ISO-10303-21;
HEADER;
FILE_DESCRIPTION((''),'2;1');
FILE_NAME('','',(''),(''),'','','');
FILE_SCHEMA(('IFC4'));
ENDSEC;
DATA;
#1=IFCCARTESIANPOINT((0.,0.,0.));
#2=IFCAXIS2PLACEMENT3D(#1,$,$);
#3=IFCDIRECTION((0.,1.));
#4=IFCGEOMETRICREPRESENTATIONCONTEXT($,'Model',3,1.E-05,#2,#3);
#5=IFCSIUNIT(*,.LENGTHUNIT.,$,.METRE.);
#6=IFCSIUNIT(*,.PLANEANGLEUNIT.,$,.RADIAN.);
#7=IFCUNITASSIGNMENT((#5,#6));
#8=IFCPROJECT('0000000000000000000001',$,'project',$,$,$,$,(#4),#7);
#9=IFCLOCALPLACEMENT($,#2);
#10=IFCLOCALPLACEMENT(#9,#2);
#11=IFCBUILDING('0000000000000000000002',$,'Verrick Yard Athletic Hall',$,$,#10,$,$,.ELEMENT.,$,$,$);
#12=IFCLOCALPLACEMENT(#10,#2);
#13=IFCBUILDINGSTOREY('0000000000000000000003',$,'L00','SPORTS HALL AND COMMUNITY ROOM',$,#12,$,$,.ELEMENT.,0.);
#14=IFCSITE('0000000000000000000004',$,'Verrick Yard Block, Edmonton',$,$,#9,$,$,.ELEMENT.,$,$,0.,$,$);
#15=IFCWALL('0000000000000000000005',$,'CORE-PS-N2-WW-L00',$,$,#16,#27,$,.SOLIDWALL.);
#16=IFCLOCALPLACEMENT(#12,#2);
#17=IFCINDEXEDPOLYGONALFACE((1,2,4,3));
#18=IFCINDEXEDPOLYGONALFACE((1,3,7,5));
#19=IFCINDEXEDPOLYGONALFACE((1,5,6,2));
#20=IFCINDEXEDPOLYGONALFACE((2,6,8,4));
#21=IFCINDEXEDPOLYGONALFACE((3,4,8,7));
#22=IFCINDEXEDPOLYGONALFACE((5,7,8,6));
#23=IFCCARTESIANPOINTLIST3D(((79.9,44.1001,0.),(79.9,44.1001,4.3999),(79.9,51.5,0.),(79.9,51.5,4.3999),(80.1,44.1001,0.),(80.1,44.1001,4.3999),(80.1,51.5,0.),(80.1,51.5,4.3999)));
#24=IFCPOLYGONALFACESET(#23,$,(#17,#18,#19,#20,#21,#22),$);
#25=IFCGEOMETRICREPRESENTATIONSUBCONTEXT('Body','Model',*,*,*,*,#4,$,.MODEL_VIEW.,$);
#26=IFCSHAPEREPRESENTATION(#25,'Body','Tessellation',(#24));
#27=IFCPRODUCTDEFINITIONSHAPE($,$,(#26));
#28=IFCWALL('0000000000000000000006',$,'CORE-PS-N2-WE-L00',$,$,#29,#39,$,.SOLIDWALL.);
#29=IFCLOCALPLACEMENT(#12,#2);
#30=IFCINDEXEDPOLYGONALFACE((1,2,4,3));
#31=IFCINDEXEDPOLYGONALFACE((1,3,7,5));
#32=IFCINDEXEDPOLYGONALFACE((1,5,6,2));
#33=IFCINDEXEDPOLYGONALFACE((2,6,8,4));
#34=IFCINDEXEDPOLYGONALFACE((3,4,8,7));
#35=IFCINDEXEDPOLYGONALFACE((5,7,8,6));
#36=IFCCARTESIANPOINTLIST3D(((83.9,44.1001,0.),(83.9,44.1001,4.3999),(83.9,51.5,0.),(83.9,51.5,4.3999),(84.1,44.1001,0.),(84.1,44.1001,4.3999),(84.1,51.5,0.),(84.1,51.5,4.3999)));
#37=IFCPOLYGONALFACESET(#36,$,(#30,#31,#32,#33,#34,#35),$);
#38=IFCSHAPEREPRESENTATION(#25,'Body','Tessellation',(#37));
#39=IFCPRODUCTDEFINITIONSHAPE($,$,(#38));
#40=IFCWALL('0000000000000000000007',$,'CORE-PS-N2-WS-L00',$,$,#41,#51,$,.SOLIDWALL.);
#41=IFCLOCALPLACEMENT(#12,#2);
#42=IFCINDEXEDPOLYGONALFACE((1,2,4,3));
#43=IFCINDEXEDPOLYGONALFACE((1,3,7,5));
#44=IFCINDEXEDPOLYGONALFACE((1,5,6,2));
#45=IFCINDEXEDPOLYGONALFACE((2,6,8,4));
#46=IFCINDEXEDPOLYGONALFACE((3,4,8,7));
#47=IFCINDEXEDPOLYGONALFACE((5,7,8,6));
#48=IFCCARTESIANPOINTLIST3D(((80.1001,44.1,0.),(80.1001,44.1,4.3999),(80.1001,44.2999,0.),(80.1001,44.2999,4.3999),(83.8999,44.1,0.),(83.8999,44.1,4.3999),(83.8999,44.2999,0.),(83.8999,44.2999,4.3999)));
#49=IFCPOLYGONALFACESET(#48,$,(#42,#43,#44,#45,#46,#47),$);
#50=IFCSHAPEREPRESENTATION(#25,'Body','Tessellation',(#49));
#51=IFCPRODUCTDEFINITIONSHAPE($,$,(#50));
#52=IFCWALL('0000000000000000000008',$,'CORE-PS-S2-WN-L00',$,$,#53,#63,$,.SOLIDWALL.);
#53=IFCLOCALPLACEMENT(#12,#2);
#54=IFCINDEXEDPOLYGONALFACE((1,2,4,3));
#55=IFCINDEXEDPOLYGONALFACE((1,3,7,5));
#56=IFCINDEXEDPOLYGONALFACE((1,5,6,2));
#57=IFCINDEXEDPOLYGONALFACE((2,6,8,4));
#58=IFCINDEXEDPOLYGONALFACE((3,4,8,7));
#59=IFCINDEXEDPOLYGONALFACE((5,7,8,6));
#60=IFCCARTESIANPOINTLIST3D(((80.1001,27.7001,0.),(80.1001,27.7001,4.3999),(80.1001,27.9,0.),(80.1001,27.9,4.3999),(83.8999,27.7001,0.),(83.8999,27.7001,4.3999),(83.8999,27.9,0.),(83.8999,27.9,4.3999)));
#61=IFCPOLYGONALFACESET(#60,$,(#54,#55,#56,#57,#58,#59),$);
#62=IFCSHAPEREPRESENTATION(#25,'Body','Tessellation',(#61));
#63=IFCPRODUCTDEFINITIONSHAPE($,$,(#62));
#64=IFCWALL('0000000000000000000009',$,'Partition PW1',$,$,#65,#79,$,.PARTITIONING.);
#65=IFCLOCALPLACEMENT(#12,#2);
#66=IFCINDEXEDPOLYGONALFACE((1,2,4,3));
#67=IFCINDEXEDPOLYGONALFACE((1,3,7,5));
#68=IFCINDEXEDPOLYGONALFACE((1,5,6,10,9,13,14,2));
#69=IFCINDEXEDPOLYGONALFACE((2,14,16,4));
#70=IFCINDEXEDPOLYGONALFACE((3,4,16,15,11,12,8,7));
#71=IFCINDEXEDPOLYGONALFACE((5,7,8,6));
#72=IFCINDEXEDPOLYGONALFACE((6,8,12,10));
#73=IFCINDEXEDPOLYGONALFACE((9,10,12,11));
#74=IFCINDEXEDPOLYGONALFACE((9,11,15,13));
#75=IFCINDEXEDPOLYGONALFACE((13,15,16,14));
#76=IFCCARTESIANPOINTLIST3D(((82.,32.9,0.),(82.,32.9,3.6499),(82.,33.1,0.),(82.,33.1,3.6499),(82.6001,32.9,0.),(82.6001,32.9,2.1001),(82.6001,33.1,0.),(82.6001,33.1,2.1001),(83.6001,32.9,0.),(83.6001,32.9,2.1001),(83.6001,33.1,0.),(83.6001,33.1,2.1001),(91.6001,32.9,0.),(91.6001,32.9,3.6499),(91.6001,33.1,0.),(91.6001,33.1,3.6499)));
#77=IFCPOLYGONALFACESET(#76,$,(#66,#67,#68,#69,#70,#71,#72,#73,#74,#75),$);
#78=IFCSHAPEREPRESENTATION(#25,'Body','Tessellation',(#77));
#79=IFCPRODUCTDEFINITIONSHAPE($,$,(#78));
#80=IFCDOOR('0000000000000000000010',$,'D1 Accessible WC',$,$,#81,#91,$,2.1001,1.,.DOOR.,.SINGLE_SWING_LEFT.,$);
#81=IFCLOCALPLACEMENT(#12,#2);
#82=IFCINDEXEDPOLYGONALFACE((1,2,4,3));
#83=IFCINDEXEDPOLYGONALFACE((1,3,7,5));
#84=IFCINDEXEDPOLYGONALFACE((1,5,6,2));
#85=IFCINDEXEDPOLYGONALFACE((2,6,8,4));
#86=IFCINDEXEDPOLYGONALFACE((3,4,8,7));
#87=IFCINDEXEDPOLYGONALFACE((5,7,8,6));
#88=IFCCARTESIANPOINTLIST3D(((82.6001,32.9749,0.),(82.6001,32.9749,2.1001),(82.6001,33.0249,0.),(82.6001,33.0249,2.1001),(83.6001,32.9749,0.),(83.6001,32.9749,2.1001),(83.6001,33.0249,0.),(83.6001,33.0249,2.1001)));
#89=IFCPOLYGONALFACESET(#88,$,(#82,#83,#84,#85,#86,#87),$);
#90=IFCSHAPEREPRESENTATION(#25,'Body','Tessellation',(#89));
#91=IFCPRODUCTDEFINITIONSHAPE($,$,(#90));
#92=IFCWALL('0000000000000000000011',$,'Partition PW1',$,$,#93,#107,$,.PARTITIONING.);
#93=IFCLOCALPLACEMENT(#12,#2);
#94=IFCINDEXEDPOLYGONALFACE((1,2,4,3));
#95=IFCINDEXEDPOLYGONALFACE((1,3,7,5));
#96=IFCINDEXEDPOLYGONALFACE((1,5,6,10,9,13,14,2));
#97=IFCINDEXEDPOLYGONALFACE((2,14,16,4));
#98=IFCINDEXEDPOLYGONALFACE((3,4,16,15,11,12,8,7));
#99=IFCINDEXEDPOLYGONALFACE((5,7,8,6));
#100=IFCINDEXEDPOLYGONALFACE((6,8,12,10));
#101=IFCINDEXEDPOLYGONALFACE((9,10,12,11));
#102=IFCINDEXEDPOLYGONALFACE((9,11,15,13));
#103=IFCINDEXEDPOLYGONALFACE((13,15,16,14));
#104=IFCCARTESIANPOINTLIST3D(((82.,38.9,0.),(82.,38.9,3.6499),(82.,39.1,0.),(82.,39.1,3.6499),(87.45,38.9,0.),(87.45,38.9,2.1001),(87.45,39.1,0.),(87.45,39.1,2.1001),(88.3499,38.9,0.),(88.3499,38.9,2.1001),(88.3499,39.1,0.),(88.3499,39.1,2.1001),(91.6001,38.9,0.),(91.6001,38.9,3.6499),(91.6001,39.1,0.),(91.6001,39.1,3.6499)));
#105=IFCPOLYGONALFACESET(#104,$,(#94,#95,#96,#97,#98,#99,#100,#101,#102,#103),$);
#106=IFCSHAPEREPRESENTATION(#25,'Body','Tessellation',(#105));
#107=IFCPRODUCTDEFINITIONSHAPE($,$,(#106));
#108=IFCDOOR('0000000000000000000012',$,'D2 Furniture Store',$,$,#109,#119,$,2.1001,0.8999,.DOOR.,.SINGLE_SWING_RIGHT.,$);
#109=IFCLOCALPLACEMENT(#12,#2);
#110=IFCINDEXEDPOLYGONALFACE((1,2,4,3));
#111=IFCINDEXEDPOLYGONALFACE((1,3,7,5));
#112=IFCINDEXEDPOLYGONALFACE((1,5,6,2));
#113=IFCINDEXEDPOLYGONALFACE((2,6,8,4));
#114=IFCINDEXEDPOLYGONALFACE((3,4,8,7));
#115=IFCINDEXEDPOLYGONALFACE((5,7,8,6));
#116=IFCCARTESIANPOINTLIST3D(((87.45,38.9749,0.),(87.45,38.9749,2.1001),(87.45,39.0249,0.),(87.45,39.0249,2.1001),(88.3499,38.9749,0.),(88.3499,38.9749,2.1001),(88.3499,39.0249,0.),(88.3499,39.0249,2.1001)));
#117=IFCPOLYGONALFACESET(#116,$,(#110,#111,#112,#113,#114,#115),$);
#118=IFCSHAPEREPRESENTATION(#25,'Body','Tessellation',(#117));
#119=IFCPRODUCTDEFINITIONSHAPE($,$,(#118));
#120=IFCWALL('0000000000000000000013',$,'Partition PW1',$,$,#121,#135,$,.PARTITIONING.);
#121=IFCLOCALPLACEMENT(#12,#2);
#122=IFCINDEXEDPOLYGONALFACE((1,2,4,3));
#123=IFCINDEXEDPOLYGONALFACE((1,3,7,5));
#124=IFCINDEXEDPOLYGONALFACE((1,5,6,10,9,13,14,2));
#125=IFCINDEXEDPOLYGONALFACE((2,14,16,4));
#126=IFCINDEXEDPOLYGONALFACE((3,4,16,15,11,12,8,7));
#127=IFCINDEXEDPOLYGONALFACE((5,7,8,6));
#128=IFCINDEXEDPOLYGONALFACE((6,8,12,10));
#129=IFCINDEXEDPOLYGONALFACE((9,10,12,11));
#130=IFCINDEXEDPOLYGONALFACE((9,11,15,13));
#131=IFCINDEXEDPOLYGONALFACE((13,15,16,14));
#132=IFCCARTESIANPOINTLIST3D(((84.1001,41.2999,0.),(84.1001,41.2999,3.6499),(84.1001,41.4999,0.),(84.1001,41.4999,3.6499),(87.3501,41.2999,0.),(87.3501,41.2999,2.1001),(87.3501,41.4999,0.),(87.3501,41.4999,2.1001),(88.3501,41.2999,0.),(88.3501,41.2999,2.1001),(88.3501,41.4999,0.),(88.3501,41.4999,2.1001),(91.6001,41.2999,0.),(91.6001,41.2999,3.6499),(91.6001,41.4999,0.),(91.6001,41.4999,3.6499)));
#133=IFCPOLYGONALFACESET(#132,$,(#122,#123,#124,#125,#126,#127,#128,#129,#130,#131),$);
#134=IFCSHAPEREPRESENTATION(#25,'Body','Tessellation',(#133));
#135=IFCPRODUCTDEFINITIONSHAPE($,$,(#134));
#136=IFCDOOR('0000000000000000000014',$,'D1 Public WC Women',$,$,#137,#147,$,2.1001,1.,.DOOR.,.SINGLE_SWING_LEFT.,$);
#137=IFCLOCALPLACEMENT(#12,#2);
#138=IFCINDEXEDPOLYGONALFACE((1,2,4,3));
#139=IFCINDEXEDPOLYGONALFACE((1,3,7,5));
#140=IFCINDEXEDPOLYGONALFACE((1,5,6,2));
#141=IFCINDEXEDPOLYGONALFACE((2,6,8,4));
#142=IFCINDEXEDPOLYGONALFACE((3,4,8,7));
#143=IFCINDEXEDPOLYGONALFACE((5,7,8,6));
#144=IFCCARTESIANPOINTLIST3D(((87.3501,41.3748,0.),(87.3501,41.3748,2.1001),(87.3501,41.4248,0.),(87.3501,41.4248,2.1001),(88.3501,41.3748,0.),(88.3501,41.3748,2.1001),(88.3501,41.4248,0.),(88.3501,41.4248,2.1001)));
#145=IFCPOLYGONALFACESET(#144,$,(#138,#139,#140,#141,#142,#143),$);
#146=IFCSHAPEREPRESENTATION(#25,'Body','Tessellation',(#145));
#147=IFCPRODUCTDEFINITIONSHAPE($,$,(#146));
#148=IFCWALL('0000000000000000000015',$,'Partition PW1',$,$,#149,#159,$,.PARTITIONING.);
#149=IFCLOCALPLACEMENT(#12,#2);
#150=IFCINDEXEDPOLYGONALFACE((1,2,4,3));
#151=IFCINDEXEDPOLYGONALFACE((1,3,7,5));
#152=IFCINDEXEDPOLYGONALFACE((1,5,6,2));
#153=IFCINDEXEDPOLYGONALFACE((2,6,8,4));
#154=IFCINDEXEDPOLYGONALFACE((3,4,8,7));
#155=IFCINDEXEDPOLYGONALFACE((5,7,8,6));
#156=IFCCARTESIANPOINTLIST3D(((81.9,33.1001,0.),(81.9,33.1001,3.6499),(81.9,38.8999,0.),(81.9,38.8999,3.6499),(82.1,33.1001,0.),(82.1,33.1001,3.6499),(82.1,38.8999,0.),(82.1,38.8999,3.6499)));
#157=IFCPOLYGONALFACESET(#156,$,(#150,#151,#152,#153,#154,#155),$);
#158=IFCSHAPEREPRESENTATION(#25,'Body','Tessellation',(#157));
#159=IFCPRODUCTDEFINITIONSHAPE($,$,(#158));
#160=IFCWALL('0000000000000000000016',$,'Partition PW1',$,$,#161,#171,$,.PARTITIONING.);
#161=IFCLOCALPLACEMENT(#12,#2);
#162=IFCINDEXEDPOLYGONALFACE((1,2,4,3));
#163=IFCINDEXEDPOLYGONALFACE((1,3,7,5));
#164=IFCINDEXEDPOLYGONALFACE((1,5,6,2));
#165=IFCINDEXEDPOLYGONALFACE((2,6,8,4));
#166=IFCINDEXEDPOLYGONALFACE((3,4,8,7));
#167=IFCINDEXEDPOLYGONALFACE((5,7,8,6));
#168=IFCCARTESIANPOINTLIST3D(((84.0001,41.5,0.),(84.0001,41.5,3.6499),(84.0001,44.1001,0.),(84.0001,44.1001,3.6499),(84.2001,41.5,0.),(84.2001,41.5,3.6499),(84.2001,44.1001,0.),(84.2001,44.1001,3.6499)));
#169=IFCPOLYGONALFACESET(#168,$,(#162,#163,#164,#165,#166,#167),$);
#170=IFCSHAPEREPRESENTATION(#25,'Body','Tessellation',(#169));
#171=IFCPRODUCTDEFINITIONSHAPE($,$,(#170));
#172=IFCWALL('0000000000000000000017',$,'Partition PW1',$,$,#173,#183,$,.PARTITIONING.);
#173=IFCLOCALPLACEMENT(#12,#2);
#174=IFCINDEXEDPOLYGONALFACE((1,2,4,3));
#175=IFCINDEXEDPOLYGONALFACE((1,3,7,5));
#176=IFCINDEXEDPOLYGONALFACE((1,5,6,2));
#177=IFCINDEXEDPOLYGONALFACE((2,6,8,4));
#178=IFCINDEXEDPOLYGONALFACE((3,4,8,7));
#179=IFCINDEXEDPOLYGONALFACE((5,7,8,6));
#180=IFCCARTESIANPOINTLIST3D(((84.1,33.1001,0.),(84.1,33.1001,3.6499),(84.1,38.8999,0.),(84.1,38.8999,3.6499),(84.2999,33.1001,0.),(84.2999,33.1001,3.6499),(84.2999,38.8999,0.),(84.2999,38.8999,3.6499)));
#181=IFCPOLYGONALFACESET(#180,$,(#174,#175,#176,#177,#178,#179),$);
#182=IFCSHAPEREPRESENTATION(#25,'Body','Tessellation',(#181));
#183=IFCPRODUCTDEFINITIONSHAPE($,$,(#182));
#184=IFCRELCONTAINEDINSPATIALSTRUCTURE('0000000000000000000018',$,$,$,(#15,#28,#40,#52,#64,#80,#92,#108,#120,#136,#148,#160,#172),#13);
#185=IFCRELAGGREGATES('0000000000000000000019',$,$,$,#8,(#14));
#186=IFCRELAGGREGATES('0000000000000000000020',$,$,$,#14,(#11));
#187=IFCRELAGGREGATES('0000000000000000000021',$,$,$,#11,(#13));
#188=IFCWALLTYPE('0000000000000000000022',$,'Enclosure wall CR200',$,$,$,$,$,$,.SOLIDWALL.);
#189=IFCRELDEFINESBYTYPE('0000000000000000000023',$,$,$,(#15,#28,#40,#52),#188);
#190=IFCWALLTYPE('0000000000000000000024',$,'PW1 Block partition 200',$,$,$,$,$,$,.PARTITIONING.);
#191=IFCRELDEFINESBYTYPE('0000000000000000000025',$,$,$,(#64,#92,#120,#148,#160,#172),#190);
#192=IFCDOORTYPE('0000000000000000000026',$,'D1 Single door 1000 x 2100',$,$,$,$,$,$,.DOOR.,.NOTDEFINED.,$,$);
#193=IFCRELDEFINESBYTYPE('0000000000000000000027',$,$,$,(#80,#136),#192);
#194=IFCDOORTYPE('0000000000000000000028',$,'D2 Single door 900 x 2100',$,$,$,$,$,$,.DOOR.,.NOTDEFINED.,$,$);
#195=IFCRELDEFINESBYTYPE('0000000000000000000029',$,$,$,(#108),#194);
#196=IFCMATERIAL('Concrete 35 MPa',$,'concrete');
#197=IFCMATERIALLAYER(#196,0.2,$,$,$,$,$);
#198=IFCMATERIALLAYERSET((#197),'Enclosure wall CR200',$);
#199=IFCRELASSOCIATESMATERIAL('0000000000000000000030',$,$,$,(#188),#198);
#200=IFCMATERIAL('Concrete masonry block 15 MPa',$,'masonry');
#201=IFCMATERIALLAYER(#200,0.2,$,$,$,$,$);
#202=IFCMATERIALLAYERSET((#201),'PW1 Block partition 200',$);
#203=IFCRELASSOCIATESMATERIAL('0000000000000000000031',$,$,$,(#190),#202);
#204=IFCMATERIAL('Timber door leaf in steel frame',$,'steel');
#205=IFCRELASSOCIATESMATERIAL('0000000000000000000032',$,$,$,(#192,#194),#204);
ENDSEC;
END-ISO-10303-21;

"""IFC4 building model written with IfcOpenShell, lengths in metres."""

from ifc_helpers import new_model, si_unit, direction, frame, frame_2d, origin, place, context, subcontext, project, spatial, rectangle, extrude, material, layer, layer_set, type_object, element, fill, save


model = new_model("IFC4")

# Units and contexts
model_context = context("Model", 3, precision=1e-05, world=origin(), true_north=direction((0.0, 1.0)))
body_context = subcontext(model_context, "Body", "Model", "MODEL_VIEW")
ifc_project = project(units=[si_unit("LENGTHUNIT", "METRE"), si_unit("PLANEANGLEUNIT", "RADIAN")], contexts=[model_context])

# Site, building, storey
site_placement = place(None, origin())
site = spatial("IfcSite", under=ifc_project, at=site_placement, Name="Verrick Yard Block, Edmonton", CompositionType="ELEMENT", RefElevation=0.0)
building_placement = place(site_placement, origin())
building = spatial("IfcBuilding", under=site, at=building_placement, Name="Verrick Yard Athletic Hall", CompositionType="ELEMENT")
storey_placement = place(building_placement, origin())
storey = spatial("IfcBuildingStorey", under=building, at=storey_placement, Name="L00", Description="SPORTS HALL AND COMMUNITY ROOM", CompositionType="ELEMENT", Elevation=0.0)

# Shared definitions
ifc_material_1 = material(Name="Concrete 35 MPa", Category="concrete")

# Walls
ifc_layer_1 = layer(ifc_material_1, 0.2)
ifc_layer_set_1 = layer_set([ifc_layer_1], Name="Enclosure wall CR200")
wall_type_1 = type_object("IfcWallType", Name="Enclosure wall CR200", PredefinedType="SOLIDWALL", material=ifc_layer_set_1)
for number, where, z_axis, x_axis, name in (
    (1, (80.0, 44.1001, 0.0), (0.0, 0.0, 1.0), (0.0, 1.0, 0.0), "CORE-PS-N2-WW-L00"),
    (2, (84.0, 44.1001, 0.0), (0.0, 0.0, 1.0), (0.0, 1.0, 0.0), "CORE-PS-N2-WE-L00"),
):
    element("IfcWall", number, at=place(storey_placement, frame(where, z_axis=z_axis, x_axis=x_axis)), inside=storey, type_object=wall_type_1, Name=name, PredefinedType="SOLIDWALL", context=body_context, shape_type="SweptSolid", body=[
        extrude(rectangle(XDim=7.3999, YDim=0.2, at=frame_2d((3.7, 0.0))), origin(), (0.0, 0.0, 1.0), 4.3999),
    ])
for number, where, z_axis, x_axis, name in (
    (3, (80.1001, 44.2, 0.0), (0.0, 0.0, 1.0), (1.0, 0.0, 0.0), "CORE-PS-N2-WS-L00"),
    (4, (80.1001, 27.8, 0.0), (0.0, 0.0, 1.0), (1.0, 0.0, 0.0), "CORE-PS-S2-WN-L00"),
):
    element("IfcWall", number, at=place(storey_placement, frame(where, z_axis=z_axis, x_axis=x_axis)), inside=storey, type_object=wall_type_1, Name=name, PredefinedType="SOLIDWALL", context=body_context, shape_type="SweptSolid", body=[
        extrude(rectangle(XDim=3.7998, YDim=0.2, at=frame_2d((1.8999, 0.0))), origin(), (0.0, 0.0, 1.0), 4.3999),
    ])

# Walls, openings, doors
ifc_material_2 = material(Name="Concrete masonry block 15 MPa", Category="masonry")
ifc_layer_2 = layer(ifc_material_2, 0.2)
ifc_layer_set_2 = layer_set([ifc_layer_2], Name="PW1 Block partition 200")
wall_type_2 = type_object("IfcWallType", Name="PW1 Block partition 200", PredefinedType="PARTITIONING", material=ifc_layer_set_2)
wall_1_placement = place(storey_placement, frame((82.0, 33.0, 0.0), z_axis=(0.0, 0.0, 1.0), x_axis=(1.0, 0.0, 0.0)))
wall_1 = element("IfcWall", 5, at=wall_1_placement, inside=storey, type_object=wall_type_2, Name="Partition PW1", PredefinedType="PARTITIONING", context=body_context, shape_type="SweptSolid", body=[
    extrude(rectangle(XDim=9.6001, YDim=0.2, at=frame_2d((4.8, 0.0))), origin(), (0.0, 0.0, 1.0), 3.6499),
])
opening_1_placement = place(wall_1_placement, frame((0.6001, 0.0, 0.0)))
opening_1 = element("IfcOpeningElement", 6, at=opening_1_placement, cuts=wall_1, PredefinedType="OPENING", context=body_context, shape_type="SweptSolid", body=[
    extrude(rectangle(XDim=1.0, YDim=2.1001, at=frame_2d((0.5, 1.05))), frame((0.0, 0.1099, 0.0), z_axis=(0.0, -1.0, 0.0), x_axis=(1.0, 0.0, 0.0)), (0.0, 0.0, 1.0), 0.22),
])
ifc_material_3 = material(Name="Timber door leaf in steel frame", Category="steel")
door_type_1 = type_object("IfcDoorType", Name="D1 Single door 1000 x 2100", OperationType="NOTDEFINED", PredefinedType="DOOR", material=ifc_material_3)
door_1_placement = place(opening_1_placement, origin())
door_1 = element("IfcDoor", 7, at=door_1_placement, inside=storey, type_object=door_type_1, Name="D1 Accessible WC", OperationType="SINGLE_SWING_LEFT", OverallHeight=2.1001, OverallWidth=1.0, PredefinedType="DOOR", context=body_context, shape_type="SweptSolid", body=[
    extrude(rectangle(XDim=1.0, YDim=2.1001, at=frame_2d((0.5, 1.05))), frame((0.0, 0.0249, 0.0), z_axis=(0.0, -1.0, 0.0), x_axis=(1.0, 0.0, 0.0)), (0.0, 0.0, 1.0), 0.05),
])
fill(opening_1, door_1)
wall_2_placement = place(storey_placement, frame((82.0, 39.0, 0.0), z_axis=(0.0, 0.0, 1.0), x_axis=(1.0, 0.0, 0.0)))
wall_2 = element("IfcWall", 8, at=wall_2_placement, inside=storey, type_object=wall_type_2, Name="Partition PW1", PredefinedType="PARTITIONING", context=body_context, shape_type="SweptSolid", body=[
    extrude(rectangle(XDim=9.6001, YDim=0.2, at=frame_2d((4.8, 0.0))), origin(), (0.0, 0.0, 1.0), 3.6499),
])
opening_2_placement = place(wall_2_placement, frame((5.45, 0.0, 0.0)))
opening_2 = element("IfcOpeningElement", 9, at=opening_2_placement, cuts=wall_2, PredefinedType="OPENING", context=body_context, shape_type="SweptSolid", body=[
    extrude(rectangle(XDim=0.8999, YDim=2.1001, at=frame_2d((0.45, 1.05))), frame((0.0, 0.1099, 0.0), z_axis=(0.0, -1.0, 0.0), x_axis=(1.0, 0.0, 0.0)), (0.0, 0.0, 1.0), 0.22),
])
door_type_2 = type_object("IfcDoorType", Name="D2 Single door 900 x 2100", OperationType="NOTDEFINED", PredefinedType="DOOR", material=ifc_material_3)
door_2_placement = place(opening_2_placement, origin())
door_2 = element("IfcDoor", 10, at=door_2_placement, inside=storey, type_object=door_type_2, Name="D2 Furniture Store", OperationType="SINGLE_SWING_RIGHT", OverallHeight=2.1001, OverallWidth=0.8999, PredefinedType="DOOR", context=body_context, shape_type="SweptSolid", body=[
    extrude(rectangle(XDim=0.8999, YDim=2.1001, at=frame_2d((0.45, 1.05))), frame((0.0, 0.0249, 0.0), z_axis=(0.0, -1.0, 0.0), x_axis=(1.0, 0.0, 0.0)), (0.0, 0.0, 1.0), 0.05),
])
fill(opening_2, door_2)
wall_3_placement = place(storey_placement, frame((84.1001, 41.3999, 0.0), z_axis=(0.0, 0.0, 1.0), x_axis=(1.0, 0.0, 0.0)))
wall_3 = element("IfcWall", 11, at=wall_3_placement, inside=storey, type_object=wall_type_2, Name="Partition PW1", PredefinedType="PARTITIONING", context=body_context, shape_type="SweptSolid", body=[
    extrude(rectangle(XDim=7.5, YDim=0.2, at=frame_2d((3.75, 0.0))), origin(), (0.0, 0.0, 1.0), 3.6499),
])
opening_3_placement = place(wall_3_placement, frame((3.25, 0.0, 0.0)))
opening_3 = element("IfcOpeningElement", 12, at=opening_3_placement, cuts=wall_3, PredefinedType="OPENING", context=body_context, shape_type="SweptSolid", body=[
    extrude(rectangle(XDim=1.0, YDim=2.1001, at=frame_2d((0.5, 1.05))), frame((0.0, 0.1099, 0.0), z_axis=(0.0, -1.0, 0.0), x_axis=(1.0, 0.0, 0.0)), (0.0, 0.0, 1.0), 0.22),
])
door_3_placement = place(opening_3_placement, origin())
door_3 = element("IfcDoor", 13, at=door_3_placement, inside=storey, type_object=door_type_1, Name="D1 Public WC Women", OperationType="SINGLE_SWING_LEFT", OverallHeight=2.1001, OverallWidth=1.0, PredefinedType="DOOR", context=body_context, shape_type="SweptSolid", body=[
    extrude(rectangle(XDim=1.0, YDim=2.1001, at=frame_2d((0.5, 1.05))), frame((0.0, 0.0249, 0.0), z_axis=(0.0, -1.0, 0.0), x_axis=(1.0, 0.0, 0.0)), (0.0, 0.0, 1.0), 0.05),
])
fill(opening_3, door_3)

# Walls
wall_4_placement = place(storey_placement, frame((82.0, 33.1001, 0.0), z_axis=(0.0, 0.0, 1.0), x_axis=(0.0, 1.0, 0.0)))
element("IfcWall", 14, at=wall_4_placement, inside=storey, type_object=wall_type_2, Name="Partition PW1", PredefinedType="PARTITIONING", context=body_context, shape_type="SweptSolid", body=[
    extrude(rectangle(XDim=5.7998, YDim=0.2, at=frame_2d((2.8999, 0.0))), origin(), (0.0, 0.0, 1.0), 3.6499),
])
wall_5_placement = place(storey_placement, frame((84.1001, 41.5, 0.0), z_axis=(0.0, 0.0, 1.0), x_axis=(0.0, 1.0, 0.0)))
element("IfcWall", 15, at=wall_5_placement, inside=storey, type_object=wall_type_2, Name="Partition PW1", PredefinedType="PARTITIONING", context=body_context, shape_type="SweptSolid", body=[
    extrude(rectangle(XDim=2.6001, YDim=0.2, at=frame_2d((1.3, 0.0))), origin(), (0.0, 0.0, 1.0), 3.6499),
])
wall_6_placement = place(storey_placement, frame((84.2, 33.1001, 0.0), z_axis=(0.0, 0.0, 1.0), x_axis=(0.0, 1.0, 0.0)))
element("IfcWall", 16, at=wall_6_placement, inside=storey, type_object=wall_type_2, Name="Partition PW1", PredefinedType="PARTITIONING", context=body_context, shape_type="SweptSolid", body=[
    extrude(rectangle(XDim=5.7998, YDim=0.2, at=frame_2d((2.8999, 0.0))), origin(), (0.0, 0.0, 1.0), 3.6499),
])

save(model, "model.ifc")
